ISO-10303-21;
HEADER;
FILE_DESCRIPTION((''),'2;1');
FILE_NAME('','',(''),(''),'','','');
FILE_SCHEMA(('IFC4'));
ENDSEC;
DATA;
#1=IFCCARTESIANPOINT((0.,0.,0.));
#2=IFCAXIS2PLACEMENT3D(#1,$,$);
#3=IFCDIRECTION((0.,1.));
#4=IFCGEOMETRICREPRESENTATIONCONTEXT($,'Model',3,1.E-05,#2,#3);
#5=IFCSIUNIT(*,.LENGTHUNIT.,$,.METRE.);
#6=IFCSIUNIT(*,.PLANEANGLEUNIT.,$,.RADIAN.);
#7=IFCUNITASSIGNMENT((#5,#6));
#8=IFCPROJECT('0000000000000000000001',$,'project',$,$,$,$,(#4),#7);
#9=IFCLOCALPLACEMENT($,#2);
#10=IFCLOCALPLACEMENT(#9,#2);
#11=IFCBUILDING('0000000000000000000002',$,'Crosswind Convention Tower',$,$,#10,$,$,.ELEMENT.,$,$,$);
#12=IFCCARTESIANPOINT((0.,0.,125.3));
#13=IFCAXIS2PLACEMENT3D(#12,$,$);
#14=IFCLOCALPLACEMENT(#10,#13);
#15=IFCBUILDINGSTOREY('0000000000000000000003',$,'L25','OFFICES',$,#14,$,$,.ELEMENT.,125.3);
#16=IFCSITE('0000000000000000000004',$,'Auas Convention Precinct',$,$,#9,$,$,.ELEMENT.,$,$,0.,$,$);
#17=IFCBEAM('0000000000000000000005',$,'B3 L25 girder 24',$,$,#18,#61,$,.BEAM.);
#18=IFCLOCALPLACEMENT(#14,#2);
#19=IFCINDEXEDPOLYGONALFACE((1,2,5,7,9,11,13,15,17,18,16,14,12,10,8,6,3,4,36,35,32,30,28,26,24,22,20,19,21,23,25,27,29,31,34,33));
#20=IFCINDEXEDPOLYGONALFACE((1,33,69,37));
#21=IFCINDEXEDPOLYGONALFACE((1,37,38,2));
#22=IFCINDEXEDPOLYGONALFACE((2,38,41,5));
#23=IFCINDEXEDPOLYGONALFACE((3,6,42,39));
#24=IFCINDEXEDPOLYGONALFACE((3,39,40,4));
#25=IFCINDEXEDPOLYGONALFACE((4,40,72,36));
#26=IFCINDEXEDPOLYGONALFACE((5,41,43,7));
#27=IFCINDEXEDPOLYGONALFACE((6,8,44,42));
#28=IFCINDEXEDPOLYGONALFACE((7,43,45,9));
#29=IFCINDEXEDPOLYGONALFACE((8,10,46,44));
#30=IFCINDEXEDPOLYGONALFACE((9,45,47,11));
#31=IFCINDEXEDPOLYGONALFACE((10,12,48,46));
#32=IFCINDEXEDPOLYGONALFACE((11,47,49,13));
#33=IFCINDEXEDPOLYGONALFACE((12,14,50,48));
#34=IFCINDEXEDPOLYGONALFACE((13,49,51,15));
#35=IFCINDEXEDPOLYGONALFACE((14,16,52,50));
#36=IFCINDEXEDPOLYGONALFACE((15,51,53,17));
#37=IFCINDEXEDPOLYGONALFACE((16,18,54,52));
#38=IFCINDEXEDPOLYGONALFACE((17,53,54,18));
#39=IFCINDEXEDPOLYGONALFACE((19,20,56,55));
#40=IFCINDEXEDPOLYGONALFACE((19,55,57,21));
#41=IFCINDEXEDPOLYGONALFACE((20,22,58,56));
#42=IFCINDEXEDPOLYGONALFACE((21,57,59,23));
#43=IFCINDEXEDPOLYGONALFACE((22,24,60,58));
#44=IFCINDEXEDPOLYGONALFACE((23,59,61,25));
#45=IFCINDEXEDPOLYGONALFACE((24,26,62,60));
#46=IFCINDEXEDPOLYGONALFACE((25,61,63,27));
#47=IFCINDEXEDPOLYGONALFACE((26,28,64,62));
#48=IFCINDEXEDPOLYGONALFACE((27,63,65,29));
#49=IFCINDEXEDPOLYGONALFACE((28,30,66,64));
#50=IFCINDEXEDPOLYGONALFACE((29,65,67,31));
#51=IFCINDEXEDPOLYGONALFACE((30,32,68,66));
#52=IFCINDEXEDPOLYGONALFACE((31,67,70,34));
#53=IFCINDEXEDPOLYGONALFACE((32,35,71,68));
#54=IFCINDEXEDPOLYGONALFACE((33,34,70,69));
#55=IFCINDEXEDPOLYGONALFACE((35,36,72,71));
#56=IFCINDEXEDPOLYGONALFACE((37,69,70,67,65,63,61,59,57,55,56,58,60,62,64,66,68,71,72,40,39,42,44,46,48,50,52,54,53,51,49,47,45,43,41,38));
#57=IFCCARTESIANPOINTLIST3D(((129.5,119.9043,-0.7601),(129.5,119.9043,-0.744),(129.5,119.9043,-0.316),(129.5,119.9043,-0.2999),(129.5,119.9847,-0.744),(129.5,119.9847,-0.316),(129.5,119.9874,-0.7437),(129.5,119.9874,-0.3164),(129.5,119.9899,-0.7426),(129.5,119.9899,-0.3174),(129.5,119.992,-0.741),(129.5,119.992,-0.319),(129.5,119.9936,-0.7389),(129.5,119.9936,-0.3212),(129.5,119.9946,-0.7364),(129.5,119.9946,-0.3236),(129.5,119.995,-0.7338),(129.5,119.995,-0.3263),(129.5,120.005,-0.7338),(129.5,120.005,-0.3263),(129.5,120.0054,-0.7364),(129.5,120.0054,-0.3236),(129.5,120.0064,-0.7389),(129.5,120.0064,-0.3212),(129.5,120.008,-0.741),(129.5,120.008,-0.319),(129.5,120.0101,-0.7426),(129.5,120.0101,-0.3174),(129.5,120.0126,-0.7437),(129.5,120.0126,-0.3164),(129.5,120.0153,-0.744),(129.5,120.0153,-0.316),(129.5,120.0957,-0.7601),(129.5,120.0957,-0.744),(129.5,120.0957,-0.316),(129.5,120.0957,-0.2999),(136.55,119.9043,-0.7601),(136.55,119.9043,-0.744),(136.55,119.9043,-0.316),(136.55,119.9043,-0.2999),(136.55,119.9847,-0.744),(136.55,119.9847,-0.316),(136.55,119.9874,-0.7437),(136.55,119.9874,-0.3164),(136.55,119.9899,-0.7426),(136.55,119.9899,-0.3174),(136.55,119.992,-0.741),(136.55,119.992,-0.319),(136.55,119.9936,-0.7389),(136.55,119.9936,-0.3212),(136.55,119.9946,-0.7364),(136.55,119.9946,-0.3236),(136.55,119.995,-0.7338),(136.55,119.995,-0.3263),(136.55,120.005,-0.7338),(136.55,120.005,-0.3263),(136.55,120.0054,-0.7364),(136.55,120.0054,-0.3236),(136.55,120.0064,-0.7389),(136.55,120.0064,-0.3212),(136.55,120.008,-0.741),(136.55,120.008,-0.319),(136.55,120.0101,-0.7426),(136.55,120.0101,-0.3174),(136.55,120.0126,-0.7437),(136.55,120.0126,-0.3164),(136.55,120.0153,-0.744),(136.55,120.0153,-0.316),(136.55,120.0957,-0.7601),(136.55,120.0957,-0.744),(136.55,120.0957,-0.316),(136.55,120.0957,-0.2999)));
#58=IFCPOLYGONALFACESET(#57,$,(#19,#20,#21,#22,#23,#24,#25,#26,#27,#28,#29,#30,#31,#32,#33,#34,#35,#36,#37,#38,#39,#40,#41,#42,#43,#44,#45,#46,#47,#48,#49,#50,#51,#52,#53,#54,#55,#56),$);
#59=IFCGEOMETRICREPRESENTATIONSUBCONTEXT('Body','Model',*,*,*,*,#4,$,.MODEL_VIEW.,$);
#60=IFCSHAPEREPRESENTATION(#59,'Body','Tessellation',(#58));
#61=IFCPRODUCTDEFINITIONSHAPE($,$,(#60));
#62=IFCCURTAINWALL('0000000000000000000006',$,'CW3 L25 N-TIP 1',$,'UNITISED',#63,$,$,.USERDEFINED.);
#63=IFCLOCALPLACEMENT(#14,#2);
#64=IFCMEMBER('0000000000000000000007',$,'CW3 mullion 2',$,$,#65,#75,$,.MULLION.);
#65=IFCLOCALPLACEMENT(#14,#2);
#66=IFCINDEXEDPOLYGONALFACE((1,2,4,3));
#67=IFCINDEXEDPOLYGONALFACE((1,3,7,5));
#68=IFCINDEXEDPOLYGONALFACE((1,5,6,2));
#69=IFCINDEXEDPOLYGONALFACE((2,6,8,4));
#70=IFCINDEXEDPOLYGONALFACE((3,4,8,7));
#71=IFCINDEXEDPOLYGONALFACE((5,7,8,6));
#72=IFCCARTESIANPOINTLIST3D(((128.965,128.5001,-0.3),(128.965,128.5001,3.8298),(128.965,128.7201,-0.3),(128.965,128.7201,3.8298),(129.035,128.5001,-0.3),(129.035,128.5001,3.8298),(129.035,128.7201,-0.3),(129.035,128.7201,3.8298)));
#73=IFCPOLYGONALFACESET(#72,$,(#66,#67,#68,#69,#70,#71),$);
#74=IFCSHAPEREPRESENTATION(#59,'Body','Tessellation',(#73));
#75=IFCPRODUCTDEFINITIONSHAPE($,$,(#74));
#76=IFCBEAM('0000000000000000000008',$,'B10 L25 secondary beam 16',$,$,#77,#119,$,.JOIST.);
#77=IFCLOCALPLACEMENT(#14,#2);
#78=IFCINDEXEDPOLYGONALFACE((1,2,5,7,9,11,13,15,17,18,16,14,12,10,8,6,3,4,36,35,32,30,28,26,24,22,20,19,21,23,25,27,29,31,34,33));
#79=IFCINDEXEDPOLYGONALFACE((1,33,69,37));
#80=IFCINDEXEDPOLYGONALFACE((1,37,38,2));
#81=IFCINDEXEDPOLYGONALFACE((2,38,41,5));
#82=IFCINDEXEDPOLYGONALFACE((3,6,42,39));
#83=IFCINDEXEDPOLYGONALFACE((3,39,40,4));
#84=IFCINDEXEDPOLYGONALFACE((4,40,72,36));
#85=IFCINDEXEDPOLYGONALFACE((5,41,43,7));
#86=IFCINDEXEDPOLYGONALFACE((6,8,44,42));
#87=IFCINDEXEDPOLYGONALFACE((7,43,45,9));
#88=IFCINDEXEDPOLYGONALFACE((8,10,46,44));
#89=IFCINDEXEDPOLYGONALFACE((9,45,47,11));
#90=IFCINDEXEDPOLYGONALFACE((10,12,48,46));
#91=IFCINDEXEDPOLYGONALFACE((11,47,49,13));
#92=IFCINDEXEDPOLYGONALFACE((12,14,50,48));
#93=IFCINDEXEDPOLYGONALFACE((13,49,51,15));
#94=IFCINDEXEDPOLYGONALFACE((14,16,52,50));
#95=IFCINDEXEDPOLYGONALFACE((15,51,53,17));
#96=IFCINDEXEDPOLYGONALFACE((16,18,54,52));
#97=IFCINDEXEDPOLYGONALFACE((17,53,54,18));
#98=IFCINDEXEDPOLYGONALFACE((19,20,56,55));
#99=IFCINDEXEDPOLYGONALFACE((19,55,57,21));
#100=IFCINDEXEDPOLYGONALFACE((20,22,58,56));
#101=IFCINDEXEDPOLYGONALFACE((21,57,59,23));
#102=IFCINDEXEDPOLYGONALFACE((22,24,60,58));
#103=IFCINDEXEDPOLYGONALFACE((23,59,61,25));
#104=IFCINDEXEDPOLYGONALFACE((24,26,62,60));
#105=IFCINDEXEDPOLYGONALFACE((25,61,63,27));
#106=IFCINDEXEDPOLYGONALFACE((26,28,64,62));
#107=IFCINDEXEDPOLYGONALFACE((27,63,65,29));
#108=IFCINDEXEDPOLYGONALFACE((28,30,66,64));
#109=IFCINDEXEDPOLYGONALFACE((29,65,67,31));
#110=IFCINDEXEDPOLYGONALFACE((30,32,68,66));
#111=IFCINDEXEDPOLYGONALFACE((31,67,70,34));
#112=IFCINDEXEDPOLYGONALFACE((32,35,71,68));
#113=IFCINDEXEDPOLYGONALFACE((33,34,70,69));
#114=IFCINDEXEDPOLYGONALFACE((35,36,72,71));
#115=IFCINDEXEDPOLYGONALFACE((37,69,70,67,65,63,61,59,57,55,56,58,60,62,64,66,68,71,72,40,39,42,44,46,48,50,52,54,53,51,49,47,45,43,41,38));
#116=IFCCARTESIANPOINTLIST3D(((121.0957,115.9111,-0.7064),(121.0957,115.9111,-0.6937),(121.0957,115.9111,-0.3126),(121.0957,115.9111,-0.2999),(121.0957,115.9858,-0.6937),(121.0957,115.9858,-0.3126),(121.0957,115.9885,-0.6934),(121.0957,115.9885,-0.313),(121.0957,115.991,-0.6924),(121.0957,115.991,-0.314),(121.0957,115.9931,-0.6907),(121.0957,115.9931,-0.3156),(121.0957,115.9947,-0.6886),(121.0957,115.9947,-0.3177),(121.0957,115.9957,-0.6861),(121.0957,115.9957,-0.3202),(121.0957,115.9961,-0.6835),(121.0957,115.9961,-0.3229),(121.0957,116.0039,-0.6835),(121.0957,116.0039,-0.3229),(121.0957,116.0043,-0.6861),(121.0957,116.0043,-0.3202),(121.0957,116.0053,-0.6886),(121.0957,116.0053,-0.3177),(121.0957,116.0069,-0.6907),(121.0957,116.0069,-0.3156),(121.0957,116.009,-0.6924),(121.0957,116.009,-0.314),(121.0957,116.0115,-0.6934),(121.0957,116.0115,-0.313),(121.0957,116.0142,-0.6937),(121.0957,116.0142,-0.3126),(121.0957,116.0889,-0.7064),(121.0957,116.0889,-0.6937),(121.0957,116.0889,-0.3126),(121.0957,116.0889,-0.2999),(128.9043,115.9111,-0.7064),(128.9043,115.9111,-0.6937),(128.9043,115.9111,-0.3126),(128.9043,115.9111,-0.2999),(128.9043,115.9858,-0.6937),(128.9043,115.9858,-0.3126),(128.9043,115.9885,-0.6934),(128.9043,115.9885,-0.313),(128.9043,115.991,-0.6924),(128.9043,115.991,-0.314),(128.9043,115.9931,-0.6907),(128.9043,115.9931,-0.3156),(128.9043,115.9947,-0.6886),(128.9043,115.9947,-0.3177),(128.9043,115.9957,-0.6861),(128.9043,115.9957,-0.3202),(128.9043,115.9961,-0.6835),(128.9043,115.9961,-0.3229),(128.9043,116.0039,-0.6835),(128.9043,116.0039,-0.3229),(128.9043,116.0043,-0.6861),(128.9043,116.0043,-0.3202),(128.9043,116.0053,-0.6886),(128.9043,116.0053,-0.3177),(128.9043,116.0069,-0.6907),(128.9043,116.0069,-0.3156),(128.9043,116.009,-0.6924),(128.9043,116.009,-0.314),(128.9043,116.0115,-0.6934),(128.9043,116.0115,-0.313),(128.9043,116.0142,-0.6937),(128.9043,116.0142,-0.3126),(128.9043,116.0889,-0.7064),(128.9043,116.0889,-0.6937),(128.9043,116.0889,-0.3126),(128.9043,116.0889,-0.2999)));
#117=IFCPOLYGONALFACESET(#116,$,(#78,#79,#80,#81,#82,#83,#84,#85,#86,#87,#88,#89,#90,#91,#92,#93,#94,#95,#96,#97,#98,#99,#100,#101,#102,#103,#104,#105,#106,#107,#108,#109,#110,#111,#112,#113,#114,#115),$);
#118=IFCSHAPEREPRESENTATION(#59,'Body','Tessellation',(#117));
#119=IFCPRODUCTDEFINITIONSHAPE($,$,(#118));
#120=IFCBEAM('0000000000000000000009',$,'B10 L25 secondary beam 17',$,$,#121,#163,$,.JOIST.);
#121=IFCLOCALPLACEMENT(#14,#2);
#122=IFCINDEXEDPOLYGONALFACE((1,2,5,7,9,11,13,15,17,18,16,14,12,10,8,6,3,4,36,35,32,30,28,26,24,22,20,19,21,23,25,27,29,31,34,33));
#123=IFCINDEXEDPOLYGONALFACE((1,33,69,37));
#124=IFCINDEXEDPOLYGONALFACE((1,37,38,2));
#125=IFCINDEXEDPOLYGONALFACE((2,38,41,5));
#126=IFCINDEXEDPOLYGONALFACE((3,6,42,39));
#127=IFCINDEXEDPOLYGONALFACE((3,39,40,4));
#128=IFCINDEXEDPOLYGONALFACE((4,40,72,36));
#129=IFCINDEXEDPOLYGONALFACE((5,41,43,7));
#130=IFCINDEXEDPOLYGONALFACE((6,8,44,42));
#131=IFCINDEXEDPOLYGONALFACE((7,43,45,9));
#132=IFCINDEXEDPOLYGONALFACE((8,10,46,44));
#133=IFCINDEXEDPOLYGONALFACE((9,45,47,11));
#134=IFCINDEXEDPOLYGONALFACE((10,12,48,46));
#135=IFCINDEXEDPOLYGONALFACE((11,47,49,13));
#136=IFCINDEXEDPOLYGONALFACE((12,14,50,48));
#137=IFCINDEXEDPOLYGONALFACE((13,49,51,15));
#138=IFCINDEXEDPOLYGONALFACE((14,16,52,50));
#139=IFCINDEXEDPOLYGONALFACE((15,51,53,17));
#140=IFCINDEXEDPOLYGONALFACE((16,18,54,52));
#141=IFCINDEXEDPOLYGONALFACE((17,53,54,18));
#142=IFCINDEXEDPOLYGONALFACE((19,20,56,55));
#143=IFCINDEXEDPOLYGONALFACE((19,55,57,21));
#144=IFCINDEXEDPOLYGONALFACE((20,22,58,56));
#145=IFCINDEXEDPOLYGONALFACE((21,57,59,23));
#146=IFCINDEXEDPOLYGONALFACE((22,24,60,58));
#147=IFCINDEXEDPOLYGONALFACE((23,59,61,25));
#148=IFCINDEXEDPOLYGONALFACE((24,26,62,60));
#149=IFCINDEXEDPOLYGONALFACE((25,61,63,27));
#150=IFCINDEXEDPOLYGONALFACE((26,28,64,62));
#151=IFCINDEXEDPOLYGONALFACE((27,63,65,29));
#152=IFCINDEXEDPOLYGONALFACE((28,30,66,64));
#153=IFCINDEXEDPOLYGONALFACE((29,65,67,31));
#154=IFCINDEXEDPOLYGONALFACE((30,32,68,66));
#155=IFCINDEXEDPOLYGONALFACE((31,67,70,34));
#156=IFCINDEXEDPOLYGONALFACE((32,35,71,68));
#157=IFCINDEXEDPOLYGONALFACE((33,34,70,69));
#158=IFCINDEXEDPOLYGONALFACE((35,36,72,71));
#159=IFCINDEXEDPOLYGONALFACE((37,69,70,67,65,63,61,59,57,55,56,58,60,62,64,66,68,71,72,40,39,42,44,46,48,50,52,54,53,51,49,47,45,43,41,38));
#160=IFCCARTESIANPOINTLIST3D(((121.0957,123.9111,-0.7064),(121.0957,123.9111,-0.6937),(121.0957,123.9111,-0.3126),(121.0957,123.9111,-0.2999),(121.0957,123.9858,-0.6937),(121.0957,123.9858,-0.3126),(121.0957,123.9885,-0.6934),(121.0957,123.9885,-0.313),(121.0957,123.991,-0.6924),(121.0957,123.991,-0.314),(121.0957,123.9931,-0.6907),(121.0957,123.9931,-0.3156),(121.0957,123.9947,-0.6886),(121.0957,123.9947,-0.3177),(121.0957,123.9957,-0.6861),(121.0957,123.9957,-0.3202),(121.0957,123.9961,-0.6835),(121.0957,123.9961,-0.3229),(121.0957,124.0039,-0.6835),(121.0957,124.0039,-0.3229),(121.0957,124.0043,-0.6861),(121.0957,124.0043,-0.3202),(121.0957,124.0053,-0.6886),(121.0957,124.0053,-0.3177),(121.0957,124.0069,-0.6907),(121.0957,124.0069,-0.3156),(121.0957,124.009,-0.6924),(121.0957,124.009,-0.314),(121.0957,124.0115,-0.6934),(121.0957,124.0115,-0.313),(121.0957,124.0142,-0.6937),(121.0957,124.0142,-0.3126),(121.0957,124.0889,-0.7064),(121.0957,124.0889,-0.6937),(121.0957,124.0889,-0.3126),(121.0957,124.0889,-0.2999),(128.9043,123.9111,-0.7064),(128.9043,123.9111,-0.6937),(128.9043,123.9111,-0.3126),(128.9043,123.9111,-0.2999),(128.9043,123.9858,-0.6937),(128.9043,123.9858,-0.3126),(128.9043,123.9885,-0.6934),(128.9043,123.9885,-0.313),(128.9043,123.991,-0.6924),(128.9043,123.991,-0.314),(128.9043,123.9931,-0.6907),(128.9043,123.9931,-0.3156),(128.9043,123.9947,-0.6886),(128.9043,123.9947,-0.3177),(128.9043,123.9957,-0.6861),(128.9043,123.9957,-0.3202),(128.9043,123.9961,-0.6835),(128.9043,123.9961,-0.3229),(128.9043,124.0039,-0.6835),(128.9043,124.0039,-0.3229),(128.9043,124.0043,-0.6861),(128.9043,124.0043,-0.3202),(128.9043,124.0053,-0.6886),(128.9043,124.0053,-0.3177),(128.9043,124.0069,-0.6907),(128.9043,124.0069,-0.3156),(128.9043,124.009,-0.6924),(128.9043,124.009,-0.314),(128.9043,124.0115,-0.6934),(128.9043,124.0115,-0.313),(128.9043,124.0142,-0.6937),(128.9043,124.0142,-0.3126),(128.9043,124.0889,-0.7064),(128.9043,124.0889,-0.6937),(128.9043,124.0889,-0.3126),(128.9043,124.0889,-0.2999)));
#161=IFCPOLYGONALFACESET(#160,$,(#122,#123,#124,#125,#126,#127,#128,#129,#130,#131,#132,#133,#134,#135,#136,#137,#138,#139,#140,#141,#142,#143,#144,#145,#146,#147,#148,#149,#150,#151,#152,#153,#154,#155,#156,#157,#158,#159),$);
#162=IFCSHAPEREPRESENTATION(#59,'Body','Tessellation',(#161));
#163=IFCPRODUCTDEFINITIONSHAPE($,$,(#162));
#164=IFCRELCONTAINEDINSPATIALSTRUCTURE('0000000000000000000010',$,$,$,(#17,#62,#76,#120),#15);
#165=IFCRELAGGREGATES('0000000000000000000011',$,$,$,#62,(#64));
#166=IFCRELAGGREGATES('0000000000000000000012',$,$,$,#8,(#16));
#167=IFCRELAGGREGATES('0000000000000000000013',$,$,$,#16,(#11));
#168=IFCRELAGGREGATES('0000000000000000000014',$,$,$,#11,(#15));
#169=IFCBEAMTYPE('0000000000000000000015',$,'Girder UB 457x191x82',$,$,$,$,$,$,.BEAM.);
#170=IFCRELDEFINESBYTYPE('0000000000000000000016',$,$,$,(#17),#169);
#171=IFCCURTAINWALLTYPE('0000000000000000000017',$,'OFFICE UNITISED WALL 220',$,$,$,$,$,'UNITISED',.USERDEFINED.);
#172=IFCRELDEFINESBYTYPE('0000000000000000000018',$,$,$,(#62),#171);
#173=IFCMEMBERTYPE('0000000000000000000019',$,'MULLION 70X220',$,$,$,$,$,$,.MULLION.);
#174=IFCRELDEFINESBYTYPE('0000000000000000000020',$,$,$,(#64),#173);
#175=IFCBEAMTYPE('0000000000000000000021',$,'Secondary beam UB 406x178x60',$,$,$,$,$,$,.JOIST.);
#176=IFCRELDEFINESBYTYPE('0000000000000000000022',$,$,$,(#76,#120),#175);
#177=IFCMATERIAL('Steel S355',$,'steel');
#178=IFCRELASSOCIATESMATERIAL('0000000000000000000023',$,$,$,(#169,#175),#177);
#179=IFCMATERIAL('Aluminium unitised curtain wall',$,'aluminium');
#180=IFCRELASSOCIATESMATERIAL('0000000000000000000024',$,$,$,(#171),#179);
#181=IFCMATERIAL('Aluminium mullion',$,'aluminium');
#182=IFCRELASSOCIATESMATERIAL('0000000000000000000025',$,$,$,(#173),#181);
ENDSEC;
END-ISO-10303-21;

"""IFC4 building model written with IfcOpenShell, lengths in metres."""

from ifc_helpers import new_model, si_unit, direction, frame, origin, origin_2d, place, context, subcontext, project, spatial, rectangle, i_section, extrude, material, material_profile, profile_set, type_object, element, aggregate, save


model = new_model("IFC4")

# Units and contexts
model_context = context("Model", 3, precision=1e-05, world=origin(), true_north=direction((0.0, 1.0)))
body_context = subcontext(model_context, "Body", "Model", "MODEL_VIEW")
ifc_project = project(units=[si_unit("LENGTHUNIT", "METRE"), si_unit("PLANEANGLEUNIT", "RADIAN")], contexts=[model_context])

# Site, building, storey
site_placement = place(None, origin())
site = spatial("IfcSite", under=ifc_project, at=site_placement, Name="Auas Convention Precinct", CompositionType="ELEMENT", RefElevation=0.0)
building_placement = place(site_placement, origin())
building = spatial("IfcBuilding", under=site, at=building_placement, Name="Crosswind Convention Tower", CompositionType="ELEMENT")
storey_placement = place(building_placement, frame((0.0, 0.0, 125.3)))
storey = spatial("IfcBuildingStorey", under=building, at=storey_placement, Name="L25", Description="OFFICES", CompositionType="ELEMENT", Elevation=125.3)

# Beam
ifc_material_1 = material(Name="Steel S355", Category="steel")
ifc_material_profile_1 = material_profile(ifc_material_1, i_section(OverallWidth=0.1914, OverallDepth=0.4602, WebThickness=0.01, FlangeThickness=0.0161, FilletRadius=0.0103, at=origin_2d()), Name="UB 457x191x82")
ifc_profile_set_1 = profile_set([ifc_material_profile_1], Name="Steel S355")
beam_type_1 = type_object("IfcBeamType", Name="Girder UB 457x191x82", PredefinedType="BEAM", material=ifc_profile_set_1)
for number, where, z_axis, x_axis, name in (
    (1, (129.5, 120.0, -0.53), (1.0, 0.0, 0.0), (0.0, 1.0, 0.0), "B3 L25 girder 24"),
):
    element("IfcBeam", number, at=place(storey_placement, frame(where, z_axis=z_axis, x_axis=x_axis)), inside=storey, type_object=beam_type_1, Name=name, PredefinedType="BEAM", context=body_context, shape_type="SweptSolid", body=[
        extrude(i_section(OverallWidth=0.1914, OverallDepth=0.4602, WebThickness=0.01, FlangeThickness=0.0161, FilletRadius=0.0103, at=origin_2d()), origin(), (0.0, 0.0, 1.0), 7.05),
    ])

# Curtain wall, member
ifc_material_2 = material(Name="Aluminium unitised curtain wall", Category="aluminium")
curtain_wall_type = type_object("IfcCurtainWallType", Name="OFFICE UNITISED WALL 220", ElementType="UNITISED", PredefinedType="USERDEFINED", material=ifc_material_2)
curtain_wall_placement = place(storey_placement, origin())
curtain_wall = element("IfcCurtainWall", 2, at=curtain_wall_placement, inside=storey, type_object=curtain_wall_type, Name="CW3 L25 N-TIP 1", ObjectType="UNITISED", PredefinedType="USERDEFINED")
ifc_material_3 = material(Name="Aluminium mullion", Category="aluminium")
ifc_material_profile_2 = material_profile(ifc_material_3, rectangle(XDim=0.22, YDim=0.0701, at=origin_2d()), Name="AL 220X70")
ifc_profile_set_2 = profile_set([ifc_material_profile_2], Name="Aluminium mullion")
member_type_1 = type_object("IfcMemberType", Name="MULLION 70X220", PredefinedType="MULLION", material=ifc_profile_set_2)
member_1_placement = place(storey_placement, frame((129.0, 128.6101, -0.3), z_axis=(0.0, 0.0, 1.0), x_axis=(0.0, 1.0, 0.0)))
member_1 = element("IfcMember", 3, at=member_1_placement, type_object=member_type_1, Name="CW3 mullion 2", PredefinedType="MULLION", context=body_context, shape_type="SweptSolid", body=[
    extrude(rectangle(XDim=0.22, YDim=0.0701, at=origin_2d()), origin(), (0.0, 0.0, 1.0), 4.1299),
])

# Beams
ifc_material_profile_3 = material_profile(ifc_material_1, i_section(OverallWidth=0.1777, OverallDepth=0.4065, WebThickness=0.0078, FlangeThickness=0.0127, FilletRadius=0.0103, at=origin_2d()), Name="UB 406x178x60")
ifc_profile_set_3 = profile_set([ifc_material_profile_3], Name="Steel S355")
beam_type_2 = type_object("IfcBeamType", Name="Secondary beam UB 406x178x60", PredefinedType="JOIST", material=ifc_profile_set_3)
for number, where, z_axis, x_axis, name in (
    (4, (121.0957, 116.0, -0.5032), (1.0, 0.0, 0.0), (0.0, 1.0, 0.0), "B10 L25 secondary beam 16"),
    (5, (121.0957, 124.0, -0.5032), (1.0, 0.0, 0.0), (0.0, 1.0, 0.0), "B10 L25 secondary beam 17"),
):
    element("IfcBeam", number, at=place(storey_placement, frame(where, z_axis=z_axis, x_axis=x_axis)), inside=storey, type_object=beam_type_2, Name=name, PredefinedType="JOIST", context=body_context, shape_type="SweptSolid", body=[
        extrude(i_section(OverallWidth=0.1777, OverallDepth=0.4065, WebThickness=0.0078, FlangeThickness=0.0127, FilletRadius=0.0103, at=origin_2d()), origin(), (0.0, 0.0, 1.0), 7.8086),
    ])

aggregate(curtain_wall, [member_1])

save(model, "model.ifc")
